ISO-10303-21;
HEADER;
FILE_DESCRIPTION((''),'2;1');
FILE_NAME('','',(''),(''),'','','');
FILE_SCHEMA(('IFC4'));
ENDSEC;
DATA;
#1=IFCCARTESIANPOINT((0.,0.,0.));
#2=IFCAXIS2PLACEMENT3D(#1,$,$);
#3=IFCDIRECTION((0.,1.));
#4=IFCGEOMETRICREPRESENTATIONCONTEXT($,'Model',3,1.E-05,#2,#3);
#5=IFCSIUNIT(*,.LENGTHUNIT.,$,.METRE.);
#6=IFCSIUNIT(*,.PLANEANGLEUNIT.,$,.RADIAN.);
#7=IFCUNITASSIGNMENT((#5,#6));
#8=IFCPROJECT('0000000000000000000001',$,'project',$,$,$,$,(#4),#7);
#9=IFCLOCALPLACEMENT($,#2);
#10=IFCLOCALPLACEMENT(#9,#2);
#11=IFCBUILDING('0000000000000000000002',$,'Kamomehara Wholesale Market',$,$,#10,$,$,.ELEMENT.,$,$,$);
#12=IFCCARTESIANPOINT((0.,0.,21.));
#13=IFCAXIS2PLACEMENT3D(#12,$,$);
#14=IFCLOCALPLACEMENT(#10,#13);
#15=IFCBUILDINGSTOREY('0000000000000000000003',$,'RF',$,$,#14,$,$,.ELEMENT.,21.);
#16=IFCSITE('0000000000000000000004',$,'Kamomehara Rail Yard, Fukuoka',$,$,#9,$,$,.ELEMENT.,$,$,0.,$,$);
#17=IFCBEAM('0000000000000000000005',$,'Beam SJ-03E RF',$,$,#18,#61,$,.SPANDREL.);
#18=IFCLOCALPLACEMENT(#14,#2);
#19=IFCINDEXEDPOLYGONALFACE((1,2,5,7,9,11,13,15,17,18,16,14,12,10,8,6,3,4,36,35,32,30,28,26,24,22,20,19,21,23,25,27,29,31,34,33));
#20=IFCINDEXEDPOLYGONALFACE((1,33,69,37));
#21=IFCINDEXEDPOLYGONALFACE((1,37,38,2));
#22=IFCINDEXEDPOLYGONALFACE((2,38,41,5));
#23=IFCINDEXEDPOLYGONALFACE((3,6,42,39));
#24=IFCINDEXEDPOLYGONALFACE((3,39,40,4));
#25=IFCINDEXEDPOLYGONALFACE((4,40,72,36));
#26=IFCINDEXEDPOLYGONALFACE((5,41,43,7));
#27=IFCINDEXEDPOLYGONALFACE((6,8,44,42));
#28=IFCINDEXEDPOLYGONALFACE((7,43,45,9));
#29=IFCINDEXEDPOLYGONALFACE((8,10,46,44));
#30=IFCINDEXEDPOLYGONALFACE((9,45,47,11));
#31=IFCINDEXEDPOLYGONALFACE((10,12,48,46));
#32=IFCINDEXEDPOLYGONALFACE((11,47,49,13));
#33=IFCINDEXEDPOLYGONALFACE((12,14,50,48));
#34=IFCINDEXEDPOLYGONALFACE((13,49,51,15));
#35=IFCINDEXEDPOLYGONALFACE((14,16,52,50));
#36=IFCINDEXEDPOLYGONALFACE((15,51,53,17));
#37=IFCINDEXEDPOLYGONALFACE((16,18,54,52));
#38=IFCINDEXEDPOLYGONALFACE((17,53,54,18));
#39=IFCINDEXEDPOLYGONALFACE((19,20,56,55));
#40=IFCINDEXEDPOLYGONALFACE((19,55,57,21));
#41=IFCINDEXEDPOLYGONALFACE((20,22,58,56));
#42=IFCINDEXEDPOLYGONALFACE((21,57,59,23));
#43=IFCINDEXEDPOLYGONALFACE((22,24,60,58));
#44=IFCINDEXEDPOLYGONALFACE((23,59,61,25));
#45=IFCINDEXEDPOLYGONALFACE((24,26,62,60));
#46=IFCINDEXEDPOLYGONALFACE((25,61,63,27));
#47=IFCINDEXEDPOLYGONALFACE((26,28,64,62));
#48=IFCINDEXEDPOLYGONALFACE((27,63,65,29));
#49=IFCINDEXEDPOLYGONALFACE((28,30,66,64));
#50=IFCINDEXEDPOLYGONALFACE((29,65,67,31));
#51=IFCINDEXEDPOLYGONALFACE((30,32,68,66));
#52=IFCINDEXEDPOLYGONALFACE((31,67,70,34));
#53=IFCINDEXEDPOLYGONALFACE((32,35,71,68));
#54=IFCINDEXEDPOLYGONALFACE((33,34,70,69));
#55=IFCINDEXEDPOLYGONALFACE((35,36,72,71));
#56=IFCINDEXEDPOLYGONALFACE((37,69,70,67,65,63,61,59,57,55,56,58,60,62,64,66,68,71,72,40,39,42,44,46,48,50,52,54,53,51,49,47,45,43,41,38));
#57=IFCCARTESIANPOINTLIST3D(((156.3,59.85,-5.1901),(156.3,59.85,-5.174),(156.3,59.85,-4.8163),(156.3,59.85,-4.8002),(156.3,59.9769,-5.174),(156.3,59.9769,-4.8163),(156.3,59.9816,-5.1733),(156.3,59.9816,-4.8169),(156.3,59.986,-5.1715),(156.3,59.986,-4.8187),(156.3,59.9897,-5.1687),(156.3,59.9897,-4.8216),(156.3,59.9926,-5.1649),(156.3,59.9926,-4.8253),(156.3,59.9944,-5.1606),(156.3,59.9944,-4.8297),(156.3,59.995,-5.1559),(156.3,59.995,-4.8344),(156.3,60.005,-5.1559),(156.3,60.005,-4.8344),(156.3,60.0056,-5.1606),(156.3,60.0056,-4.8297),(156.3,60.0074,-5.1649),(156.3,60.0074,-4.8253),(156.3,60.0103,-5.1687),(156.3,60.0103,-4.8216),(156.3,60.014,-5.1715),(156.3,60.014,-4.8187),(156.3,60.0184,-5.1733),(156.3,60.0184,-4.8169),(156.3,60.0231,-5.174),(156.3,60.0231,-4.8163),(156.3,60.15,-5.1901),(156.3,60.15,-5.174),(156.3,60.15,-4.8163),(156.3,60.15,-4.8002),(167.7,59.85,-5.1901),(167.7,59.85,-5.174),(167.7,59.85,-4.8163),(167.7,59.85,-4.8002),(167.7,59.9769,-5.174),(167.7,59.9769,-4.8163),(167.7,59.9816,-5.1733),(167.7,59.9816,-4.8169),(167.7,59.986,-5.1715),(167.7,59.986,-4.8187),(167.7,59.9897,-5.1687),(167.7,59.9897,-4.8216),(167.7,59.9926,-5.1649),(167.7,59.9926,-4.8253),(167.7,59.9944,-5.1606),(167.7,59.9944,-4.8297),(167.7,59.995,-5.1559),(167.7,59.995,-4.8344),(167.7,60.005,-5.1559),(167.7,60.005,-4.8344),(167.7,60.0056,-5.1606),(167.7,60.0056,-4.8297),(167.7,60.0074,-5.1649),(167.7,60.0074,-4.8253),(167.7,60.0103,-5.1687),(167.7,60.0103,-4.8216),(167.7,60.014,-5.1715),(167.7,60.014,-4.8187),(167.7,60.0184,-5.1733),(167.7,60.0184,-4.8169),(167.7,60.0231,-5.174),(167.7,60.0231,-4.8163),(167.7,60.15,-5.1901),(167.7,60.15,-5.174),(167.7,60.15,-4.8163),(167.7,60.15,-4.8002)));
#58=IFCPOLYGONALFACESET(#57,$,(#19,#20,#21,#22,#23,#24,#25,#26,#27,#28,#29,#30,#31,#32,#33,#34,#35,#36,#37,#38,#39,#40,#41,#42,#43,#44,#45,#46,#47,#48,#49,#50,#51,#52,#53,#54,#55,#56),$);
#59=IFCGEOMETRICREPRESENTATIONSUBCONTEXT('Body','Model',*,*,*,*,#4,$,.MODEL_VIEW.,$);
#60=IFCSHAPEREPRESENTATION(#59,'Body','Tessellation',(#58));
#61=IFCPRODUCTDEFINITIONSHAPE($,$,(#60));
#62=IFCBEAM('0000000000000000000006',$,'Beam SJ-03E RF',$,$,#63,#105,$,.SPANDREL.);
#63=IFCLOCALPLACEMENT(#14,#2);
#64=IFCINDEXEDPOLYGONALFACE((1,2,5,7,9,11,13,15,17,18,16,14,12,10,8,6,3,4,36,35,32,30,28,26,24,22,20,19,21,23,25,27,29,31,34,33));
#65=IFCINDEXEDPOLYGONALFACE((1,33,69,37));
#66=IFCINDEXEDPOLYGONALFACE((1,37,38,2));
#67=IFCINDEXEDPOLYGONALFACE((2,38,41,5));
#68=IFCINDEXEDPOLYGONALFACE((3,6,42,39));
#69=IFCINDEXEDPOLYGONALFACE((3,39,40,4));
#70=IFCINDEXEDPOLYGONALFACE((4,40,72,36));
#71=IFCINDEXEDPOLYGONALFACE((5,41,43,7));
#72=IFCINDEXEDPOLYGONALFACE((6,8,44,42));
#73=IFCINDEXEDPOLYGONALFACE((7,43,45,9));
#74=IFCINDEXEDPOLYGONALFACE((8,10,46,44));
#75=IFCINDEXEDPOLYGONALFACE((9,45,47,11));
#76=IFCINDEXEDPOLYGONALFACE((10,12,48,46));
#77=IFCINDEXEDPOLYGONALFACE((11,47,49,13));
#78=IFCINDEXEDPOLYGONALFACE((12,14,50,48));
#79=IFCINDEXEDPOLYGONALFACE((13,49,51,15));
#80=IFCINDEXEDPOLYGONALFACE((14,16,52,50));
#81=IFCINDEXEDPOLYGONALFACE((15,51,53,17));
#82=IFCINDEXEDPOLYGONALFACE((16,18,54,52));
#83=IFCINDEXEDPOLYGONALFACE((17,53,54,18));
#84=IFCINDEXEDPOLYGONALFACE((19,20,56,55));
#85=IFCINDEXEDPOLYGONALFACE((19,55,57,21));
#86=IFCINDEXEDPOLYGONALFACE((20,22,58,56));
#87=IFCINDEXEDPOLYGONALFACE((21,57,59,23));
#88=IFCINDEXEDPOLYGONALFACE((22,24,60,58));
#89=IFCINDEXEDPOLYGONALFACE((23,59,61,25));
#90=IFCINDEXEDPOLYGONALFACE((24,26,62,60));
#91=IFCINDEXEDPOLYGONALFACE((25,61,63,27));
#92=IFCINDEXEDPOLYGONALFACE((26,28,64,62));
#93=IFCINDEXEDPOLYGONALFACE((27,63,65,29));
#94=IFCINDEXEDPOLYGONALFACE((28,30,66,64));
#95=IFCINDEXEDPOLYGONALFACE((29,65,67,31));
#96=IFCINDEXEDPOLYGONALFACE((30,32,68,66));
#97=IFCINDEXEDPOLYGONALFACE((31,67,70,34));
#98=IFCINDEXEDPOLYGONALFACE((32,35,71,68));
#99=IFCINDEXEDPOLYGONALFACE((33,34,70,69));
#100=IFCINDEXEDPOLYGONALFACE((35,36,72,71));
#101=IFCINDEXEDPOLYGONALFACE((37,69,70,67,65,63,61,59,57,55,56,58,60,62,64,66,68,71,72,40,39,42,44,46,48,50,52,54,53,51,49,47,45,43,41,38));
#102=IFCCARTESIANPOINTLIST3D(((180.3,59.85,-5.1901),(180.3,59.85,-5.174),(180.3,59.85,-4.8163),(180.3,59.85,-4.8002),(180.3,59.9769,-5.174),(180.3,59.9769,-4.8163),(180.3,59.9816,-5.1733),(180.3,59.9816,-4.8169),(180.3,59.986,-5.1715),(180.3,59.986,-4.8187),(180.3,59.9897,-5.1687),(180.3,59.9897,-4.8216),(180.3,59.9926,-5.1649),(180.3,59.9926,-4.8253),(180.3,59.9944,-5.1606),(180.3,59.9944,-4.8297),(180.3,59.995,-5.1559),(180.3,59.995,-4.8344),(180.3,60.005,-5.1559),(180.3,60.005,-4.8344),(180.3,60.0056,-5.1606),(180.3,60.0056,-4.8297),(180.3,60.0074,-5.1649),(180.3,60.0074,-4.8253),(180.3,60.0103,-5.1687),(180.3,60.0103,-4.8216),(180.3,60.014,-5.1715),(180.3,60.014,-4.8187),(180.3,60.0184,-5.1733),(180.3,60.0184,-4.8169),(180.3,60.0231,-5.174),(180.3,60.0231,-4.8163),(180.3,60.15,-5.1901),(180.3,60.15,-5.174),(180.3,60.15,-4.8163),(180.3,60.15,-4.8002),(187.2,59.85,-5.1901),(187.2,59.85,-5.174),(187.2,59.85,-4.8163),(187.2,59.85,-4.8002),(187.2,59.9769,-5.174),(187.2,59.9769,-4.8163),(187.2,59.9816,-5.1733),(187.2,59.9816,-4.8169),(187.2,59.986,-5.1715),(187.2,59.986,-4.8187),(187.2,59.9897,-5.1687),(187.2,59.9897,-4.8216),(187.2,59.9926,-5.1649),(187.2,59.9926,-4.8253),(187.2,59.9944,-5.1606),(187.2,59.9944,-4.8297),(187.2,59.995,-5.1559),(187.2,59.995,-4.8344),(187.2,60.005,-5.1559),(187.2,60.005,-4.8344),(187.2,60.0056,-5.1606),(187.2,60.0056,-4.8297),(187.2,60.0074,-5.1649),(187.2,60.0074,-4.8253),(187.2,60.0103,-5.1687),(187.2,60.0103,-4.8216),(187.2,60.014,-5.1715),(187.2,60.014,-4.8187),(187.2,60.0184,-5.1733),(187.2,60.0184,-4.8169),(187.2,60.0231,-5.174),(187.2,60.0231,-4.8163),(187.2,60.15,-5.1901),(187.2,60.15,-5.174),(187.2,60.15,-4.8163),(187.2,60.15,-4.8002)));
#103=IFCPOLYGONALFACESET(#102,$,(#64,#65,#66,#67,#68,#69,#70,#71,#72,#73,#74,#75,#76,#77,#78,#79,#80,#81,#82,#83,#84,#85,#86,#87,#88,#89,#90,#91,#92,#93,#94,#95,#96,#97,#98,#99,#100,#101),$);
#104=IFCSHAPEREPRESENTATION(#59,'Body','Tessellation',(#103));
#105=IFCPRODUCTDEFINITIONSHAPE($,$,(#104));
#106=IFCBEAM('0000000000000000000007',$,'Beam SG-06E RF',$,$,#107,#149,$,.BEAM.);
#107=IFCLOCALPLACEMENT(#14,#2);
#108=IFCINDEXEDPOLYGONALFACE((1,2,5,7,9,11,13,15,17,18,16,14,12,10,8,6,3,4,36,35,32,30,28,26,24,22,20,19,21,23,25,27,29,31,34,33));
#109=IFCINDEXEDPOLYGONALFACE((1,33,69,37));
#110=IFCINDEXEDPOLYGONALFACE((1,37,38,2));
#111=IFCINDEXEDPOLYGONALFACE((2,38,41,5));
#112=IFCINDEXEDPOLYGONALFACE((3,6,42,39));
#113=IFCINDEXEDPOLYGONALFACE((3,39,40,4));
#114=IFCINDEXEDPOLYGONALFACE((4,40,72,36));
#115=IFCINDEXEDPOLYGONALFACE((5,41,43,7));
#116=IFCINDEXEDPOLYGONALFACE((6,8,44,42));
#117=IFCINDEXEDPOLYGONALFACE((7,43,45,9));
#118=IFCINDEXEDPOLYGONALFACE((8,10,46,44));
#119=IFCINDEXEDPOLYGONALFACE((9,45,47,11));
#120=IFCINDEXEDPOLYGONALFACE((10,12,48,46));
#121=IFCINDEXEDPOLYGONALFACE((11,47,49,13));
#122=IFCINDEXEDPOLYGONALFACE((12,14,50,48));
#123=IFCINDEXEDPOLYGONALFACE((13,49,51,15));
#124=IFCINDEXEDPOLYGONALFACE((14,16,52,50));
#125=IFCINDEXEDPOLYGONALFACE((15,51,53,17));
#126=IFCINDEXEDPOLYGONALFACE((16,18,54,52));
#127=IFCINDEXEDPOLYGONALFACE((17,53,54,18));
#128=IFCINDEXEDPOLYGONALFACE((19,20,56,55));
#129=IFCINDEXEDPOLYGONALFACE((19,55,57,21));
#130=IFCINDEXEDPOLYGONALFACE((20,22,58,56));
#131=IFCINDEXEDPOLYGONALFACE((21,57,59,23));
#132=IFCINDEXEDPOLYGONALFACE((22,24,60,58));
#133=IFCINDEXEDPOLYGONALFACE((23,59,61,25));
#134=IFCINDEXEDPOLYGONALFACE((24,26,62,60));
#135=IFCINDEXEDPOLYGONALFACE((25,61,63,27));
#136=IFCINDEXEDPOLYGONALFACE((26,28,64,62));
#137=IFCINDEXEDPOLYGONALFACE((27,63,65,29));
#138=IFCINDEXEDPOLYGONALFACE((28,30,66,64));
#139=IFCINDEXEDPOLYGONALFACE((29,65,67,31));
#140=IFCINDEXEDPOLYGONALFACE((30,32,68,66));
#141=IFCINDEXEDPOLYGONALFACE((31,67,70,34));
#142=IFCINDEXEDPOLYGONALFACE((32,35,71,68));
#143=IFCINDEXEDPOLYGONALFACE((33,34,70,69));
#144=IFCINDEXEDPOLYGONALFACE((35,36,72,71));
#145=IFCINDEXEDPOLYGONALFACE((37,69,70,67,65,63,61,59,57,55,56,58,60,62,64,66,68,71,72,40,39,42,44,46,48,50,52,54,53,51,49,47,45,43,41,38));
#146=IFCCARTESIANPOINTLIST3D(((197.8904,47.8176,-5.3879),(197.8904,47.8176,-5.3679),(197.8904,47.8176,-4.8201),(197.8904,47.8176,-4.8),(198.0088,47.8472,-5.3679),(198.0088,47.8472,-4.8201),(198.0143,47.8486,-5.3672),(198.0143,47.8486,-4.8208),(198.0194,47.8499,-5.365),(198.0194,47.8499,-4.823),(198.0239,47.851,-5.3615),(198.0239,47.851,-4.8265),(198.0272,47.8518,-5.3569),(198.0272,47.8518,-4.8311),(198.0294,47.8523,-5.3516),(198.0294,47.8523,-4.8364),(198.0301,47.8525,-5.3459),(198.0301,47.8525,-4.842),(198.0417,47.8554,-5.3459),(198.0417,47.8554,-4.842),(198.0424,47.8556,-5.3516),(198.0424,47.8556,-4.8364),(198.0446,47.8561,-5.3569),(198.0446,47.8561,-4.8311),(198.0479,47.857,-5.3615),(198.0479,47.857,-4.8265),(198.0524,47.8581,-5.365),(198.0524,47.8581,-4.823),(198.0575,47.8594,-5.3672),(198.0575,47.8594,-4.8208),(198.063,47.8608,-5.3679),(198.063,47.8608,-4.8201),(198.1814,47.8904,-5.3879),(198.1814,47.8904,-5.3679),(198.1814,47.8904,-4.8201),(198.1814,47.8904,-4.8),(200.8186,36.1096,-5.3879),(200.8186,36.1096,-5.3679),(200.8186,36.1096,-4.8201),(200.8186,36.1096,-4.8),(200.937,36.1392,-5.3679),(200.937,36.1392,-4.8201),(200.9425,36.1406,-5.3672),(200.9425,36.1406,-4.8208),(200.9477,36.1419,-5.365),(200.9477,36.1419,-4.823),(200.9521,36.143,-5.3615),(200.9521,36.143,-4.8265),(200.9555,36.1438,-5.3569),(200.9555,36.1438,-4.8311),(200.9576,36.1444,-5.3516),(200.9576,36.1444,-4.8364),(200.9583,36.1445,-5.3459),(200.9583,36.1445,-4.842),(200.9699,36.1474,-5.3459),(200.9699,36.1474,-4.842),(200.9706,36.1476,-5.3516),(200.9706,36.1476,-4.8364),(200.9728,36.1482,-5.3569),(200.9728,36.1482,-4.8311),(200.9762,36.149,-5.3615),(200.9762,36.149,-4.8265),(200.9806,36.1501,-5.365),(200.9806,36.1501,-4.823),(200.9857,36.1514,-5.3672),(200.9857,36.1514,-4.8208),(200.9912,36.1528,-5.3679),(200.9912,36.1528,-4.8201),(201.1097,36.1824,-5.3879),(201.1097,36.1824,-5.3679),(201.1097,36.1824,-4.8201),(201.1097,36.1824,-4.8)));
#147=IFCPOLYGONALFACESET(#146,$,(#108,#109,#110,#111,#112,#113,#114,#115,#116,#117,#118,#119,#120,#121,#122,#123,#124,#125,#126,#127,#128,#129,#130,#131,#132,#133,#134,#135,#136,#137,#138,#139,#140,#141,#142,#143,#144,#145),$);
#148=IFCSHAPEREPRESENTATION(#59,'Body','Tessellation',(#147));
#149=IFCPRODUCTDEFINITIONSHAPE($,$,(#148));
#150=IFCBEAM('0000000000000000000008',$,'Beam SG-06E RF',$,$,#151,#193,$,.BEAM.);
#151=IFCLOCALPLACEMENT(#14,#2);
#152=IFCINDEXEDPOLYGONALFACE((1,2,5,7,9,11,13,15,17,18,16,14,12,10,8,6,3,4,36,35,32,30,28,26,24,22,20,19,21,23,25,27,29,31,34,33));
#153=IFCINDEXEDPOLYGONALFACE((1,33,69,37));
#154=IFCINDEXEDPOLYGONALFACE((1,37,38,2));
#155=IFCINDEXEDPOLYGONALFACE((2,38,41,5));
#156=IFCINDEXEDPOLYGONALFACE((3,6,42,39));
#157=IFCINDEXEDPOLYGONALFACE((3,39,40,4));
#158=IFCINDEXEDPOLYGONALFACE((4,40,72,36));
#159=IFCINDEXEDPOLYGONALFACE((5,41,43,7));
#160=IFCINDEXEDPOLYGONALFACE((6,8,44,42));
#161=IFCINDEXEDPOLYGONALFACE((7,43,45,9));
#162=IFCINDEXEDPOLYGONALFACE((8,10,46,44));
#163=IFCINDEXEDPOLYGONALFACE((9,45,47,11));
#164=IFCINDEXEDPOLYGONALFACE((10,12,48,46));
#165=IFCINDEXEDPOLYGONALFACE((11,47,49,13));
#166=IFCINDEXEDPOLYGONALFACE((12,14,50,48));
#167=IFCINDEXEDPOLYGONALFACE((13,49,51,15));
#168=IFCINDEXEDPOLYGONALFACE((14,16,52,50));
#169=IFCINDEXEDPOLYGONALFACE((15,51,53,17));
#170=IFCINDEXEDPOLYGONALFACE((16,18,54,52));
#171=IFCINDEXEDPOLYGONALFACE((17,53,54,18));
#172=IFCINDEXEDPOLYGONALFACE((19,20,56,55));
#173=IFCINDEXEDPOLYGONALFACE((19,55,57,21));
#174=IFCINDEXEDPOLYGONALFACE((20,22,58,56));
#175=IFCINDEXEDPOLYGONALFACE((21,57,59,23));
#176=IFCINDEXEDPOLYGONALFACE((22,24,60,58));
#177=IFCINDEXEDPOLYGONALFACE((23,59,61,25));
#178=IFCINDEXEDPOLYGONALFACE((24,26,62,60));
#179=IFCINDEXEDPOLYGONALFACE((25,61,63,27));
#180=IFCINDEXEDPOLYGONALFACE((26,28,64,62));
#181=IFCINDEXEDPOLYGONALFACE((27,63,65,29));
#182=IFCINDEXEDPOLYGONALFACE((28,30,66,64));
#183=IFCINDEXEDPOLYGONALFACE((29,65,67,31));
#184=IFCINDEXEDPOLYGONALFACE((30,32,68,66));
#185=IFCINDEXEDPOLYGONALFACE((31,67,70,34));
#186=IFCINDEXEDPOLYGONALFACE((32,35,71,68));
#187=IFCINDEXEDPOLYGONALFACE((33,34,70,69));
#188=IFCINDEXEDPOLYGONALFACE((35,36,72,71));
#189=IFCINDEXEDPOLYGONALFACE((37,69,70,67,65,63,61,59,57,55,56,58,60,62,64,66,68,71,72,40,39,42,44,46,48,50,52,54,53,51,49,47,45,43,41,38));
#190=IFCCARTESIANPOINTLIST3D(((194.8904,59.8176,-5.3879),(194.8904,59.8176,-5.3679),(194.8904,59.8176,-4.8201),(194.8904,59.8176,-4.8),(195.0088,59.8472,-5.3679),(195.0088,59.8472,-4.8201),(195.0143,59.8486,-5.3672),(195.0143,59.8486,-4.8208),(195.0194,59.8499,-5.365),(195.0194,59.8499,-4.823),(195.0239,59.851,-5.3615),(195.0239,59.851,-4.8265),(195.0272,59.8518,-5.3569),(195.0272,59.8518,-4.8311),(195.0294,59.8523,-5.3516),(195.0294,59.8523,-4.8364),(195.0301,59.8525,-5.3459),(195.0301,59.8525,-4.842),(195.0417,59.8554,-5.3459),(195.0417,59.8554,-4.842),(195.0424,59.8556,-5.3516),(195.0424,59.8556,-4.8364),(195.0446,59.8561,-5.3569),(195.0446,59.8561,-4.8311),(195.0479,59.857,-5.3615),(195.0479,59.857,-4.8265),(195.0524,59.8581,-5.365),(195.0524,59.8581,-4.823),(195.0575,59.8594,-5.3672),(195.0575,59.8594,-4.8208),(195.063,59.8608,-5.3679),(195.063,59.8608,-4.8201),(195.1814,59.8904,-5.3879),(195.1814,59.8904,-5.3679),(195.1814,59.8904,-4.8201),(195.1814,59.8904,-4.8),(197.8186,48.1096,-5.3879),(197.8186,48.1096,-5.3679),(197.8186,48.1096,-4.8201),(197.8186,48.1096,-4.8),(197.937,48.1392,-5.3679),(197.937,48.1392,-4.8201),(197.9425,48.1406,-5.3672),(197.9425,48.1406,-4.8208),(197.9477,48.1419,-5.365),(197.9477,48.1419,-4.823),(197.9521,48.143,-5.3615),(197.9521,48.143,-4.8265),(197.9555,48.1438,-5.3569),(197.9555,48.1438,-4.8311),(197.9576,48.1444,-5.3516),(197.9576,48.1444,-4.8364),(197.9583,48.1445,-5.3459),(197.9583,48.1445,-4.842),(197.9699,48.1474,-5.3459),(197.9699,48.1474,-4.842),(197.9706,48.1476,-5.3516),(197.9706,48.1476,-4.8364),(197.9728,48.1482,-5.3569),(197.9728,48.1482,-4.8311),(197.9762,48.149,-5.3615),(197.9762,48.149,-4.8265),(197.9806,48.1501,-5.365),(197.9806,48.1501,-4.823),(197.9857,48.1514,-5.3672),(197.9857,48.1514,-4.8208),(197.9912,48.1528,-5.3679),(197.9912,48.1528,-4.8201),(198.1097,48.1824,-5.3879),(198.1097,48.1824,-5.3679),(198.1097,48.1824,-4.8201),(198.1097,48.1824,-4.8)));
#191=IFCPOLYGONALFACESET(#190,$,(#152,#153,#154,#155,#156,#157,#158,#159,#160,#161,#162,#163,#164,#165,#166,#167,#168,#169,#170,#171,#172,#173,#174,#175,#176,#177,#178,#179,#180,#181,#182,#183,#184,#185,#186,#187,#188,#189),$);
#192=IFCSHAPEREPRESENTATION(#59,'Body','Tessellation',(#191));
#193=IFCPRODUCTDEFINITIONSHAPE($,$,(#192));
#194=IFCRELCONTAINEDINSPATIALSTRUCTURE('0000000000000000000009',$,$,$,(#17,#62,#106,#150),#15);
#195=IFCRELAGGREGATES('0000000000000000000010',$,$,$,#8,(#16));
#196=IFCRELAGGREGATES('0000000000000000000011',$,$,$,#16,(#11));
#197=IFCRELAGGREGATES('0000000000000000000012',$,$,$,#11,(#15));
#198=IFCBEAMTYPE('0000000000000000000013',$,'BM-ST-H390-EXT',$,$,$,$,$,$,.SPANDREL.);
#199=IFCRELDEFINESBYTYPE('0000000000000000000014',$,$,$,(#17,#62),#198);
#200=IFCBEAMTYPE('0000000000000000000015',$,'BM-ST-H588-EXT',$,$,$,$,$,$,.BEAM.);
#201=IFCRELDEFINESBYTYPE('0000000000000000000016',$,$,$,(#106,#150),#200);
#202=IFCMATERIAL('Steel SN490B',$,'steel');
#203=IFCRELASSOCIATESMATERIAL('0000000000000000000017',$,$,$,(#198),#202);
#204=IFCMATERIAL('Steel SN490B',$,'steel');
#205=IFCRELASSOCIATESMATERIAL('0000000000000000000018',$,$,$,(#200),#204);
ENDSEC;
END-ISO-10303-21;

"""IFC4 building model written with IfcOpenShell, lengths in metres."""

from ifc_helpers import new_model, si_unit, direction, frame, origin, origin_2d, place, context, subcontext, project, spatial, i_section, extrude, material, material_profile, profile_set, type_object, element, save


model = new_model("IFC4")

# Units and contexts
model_context = context("Model", 3, precision=1e-05, world=origin(), true_north=direction((0.0, 1.0)))
body_context = subcontext(model_context, "Body", "Model", "MODEL_VIEW")
ifc_project = project(units=[si_unit("LENGTHUNIT", "METRE"), si_unit("PLANEANGLEUNIT", "RADIAN")], contexts=[model_context])

# Site, building, storey
site_placement = place(None, origin())
site = spatial("IfcSite", under=ifc_project, at=site_placement, Name="Kamomehara Rail Yard, Fukuoka", CompositionType="ELEMENT", RefElevation=0.0)
building_placement = place(site_placement, origin())
building = spatial("IfcBuilding", under=site, at=building_placement, Name="Kamomehara Wholesale Market", CompositionType="ELEMENT")
storey_placement = place(building_placement, frame((0.0, 0.0, 21.0)))
storey = spatial("IfcBuildingStorey", under=building, at=storey_placement, Name="RF", CompositionType="ELEMENT", Elevation=21.0)

# Beams
ifc_material_1 = material(Name="Steel SN490B", Category="steel")
ifc_material_profile_1 = material_profile(ifc_material_1, i_section(OverallWidth=0.3, OverallDepth=0.3899, WebThickness=0.01, FlangeThickness=0.0161, FilletRadius=0.0181, at=origin_2d()), Name="H-390x300x10x16")
ifc_profile_set_1 = profile_set([ifc_material_profile_1], Name="Steel SN490B")
beam_type_1 = type_object("IfcBeamType", Name="BM-ST-H390-EXT", PredefinedType="SPANDREL", material=ifc_profile_set_1)
beam_1_placement = place(storey_placement, frame((156.3, 60.0, -4.9951), z_axis=(1.0, 0.0, 0.0), x_axis=(0.0, 1.0, 0.0)))
element("IfcBeam", 1, at=beam_1_placement, inside=storey, type_object=beam_type_1, Name="Beam SJ-03E RF", PredefinedType="SPANDREL", context=body_context, shape_type="SweptSolid", body=[
    extrude(i_section(OverallWidth=0.3, OverallDepth=0.3899, WebThickness=0.01, FlangeThickness=0.0161, FilletRadius=0.0181, at=origin_2d()), origin(), (0.0, 0.0, 1.0), 11.3999),
])
beam_2_placement = place(storey_placement, frame((180.3, 60.0, -4.9951), z_axis=(1.0, 0.0, 0.0), x_axis=(0.0, 1.0, 0.0)))
element("IfcBeam", 2, at=beam_2_placement, inside=storey, type_object=beam_type_1, Name="Beam SJ-03E RF", PredefinedType="SPANDREL", context=body_context, shape_type="SweptSolid", body=[
    extrude(i_section(OverallWidth=0.3, OverallDepth=0.3899, WebThickness=0.01, FlangeThickness=0.0161, FilletRadius=0.0181, at=origin_2d()), origin(), (0.0, 0.0, 1.0), 6.8999),
])
ifc_material_2 = material(Name="Steel SN490B", Category="steel")
ifc_material_profile_2 = material_profile(ifc_material_2, i_section(OverallWidth=0.3, OverallDepth=0.5879, WebThickness=0.012, FlangeThickness=0.02, FilletRadius=0.022, at=origin_2d()), Name="H-588x300x12x20")
ifc_profile_set_2 = profile_set([ifc_material_profile_2], Name="Steel SN490B")
beam_type_2 = type_object("IfcBeamType", Name="BM-ST-H588-EXT", PredefinedType="BEAM", material=ifc_profile_set_2)
for number, where, z_axis, x_axis, name in (
    (3, (200.9641, 36.146, -5.094), (-0.242631, 0.970119, 0.0), (-0.970119, -0.242631, 0.0), "Beam SG-06E RF"),
    (4, (197.9641, 48.146, -5.094), (-0.242631, 0.970119, 0.0), (-0.970119, -0.242631, 0.0), "Beam SG-06E RF"),
):
    element("IfcBeam", number, at=place(storey_placement, frame(where, z_axis=z_axis, x_axis=x_axis)), inside=storey, type_object=beam_type_2, Name=name, PredefinedType="BEAM", context=body_context, shape_type="SweptSolid", body=[
        extrude(i_section(OverallWidth=0.3, OverallDepth=0.5879, WebThickness=0.012, FlangeThickness=0.02, FilletRadius=0.022, at=origin_2d()), origin(), (0.0, 0.0, 1.0), 12.0686),
    ])

save(model, "model.ifc")
